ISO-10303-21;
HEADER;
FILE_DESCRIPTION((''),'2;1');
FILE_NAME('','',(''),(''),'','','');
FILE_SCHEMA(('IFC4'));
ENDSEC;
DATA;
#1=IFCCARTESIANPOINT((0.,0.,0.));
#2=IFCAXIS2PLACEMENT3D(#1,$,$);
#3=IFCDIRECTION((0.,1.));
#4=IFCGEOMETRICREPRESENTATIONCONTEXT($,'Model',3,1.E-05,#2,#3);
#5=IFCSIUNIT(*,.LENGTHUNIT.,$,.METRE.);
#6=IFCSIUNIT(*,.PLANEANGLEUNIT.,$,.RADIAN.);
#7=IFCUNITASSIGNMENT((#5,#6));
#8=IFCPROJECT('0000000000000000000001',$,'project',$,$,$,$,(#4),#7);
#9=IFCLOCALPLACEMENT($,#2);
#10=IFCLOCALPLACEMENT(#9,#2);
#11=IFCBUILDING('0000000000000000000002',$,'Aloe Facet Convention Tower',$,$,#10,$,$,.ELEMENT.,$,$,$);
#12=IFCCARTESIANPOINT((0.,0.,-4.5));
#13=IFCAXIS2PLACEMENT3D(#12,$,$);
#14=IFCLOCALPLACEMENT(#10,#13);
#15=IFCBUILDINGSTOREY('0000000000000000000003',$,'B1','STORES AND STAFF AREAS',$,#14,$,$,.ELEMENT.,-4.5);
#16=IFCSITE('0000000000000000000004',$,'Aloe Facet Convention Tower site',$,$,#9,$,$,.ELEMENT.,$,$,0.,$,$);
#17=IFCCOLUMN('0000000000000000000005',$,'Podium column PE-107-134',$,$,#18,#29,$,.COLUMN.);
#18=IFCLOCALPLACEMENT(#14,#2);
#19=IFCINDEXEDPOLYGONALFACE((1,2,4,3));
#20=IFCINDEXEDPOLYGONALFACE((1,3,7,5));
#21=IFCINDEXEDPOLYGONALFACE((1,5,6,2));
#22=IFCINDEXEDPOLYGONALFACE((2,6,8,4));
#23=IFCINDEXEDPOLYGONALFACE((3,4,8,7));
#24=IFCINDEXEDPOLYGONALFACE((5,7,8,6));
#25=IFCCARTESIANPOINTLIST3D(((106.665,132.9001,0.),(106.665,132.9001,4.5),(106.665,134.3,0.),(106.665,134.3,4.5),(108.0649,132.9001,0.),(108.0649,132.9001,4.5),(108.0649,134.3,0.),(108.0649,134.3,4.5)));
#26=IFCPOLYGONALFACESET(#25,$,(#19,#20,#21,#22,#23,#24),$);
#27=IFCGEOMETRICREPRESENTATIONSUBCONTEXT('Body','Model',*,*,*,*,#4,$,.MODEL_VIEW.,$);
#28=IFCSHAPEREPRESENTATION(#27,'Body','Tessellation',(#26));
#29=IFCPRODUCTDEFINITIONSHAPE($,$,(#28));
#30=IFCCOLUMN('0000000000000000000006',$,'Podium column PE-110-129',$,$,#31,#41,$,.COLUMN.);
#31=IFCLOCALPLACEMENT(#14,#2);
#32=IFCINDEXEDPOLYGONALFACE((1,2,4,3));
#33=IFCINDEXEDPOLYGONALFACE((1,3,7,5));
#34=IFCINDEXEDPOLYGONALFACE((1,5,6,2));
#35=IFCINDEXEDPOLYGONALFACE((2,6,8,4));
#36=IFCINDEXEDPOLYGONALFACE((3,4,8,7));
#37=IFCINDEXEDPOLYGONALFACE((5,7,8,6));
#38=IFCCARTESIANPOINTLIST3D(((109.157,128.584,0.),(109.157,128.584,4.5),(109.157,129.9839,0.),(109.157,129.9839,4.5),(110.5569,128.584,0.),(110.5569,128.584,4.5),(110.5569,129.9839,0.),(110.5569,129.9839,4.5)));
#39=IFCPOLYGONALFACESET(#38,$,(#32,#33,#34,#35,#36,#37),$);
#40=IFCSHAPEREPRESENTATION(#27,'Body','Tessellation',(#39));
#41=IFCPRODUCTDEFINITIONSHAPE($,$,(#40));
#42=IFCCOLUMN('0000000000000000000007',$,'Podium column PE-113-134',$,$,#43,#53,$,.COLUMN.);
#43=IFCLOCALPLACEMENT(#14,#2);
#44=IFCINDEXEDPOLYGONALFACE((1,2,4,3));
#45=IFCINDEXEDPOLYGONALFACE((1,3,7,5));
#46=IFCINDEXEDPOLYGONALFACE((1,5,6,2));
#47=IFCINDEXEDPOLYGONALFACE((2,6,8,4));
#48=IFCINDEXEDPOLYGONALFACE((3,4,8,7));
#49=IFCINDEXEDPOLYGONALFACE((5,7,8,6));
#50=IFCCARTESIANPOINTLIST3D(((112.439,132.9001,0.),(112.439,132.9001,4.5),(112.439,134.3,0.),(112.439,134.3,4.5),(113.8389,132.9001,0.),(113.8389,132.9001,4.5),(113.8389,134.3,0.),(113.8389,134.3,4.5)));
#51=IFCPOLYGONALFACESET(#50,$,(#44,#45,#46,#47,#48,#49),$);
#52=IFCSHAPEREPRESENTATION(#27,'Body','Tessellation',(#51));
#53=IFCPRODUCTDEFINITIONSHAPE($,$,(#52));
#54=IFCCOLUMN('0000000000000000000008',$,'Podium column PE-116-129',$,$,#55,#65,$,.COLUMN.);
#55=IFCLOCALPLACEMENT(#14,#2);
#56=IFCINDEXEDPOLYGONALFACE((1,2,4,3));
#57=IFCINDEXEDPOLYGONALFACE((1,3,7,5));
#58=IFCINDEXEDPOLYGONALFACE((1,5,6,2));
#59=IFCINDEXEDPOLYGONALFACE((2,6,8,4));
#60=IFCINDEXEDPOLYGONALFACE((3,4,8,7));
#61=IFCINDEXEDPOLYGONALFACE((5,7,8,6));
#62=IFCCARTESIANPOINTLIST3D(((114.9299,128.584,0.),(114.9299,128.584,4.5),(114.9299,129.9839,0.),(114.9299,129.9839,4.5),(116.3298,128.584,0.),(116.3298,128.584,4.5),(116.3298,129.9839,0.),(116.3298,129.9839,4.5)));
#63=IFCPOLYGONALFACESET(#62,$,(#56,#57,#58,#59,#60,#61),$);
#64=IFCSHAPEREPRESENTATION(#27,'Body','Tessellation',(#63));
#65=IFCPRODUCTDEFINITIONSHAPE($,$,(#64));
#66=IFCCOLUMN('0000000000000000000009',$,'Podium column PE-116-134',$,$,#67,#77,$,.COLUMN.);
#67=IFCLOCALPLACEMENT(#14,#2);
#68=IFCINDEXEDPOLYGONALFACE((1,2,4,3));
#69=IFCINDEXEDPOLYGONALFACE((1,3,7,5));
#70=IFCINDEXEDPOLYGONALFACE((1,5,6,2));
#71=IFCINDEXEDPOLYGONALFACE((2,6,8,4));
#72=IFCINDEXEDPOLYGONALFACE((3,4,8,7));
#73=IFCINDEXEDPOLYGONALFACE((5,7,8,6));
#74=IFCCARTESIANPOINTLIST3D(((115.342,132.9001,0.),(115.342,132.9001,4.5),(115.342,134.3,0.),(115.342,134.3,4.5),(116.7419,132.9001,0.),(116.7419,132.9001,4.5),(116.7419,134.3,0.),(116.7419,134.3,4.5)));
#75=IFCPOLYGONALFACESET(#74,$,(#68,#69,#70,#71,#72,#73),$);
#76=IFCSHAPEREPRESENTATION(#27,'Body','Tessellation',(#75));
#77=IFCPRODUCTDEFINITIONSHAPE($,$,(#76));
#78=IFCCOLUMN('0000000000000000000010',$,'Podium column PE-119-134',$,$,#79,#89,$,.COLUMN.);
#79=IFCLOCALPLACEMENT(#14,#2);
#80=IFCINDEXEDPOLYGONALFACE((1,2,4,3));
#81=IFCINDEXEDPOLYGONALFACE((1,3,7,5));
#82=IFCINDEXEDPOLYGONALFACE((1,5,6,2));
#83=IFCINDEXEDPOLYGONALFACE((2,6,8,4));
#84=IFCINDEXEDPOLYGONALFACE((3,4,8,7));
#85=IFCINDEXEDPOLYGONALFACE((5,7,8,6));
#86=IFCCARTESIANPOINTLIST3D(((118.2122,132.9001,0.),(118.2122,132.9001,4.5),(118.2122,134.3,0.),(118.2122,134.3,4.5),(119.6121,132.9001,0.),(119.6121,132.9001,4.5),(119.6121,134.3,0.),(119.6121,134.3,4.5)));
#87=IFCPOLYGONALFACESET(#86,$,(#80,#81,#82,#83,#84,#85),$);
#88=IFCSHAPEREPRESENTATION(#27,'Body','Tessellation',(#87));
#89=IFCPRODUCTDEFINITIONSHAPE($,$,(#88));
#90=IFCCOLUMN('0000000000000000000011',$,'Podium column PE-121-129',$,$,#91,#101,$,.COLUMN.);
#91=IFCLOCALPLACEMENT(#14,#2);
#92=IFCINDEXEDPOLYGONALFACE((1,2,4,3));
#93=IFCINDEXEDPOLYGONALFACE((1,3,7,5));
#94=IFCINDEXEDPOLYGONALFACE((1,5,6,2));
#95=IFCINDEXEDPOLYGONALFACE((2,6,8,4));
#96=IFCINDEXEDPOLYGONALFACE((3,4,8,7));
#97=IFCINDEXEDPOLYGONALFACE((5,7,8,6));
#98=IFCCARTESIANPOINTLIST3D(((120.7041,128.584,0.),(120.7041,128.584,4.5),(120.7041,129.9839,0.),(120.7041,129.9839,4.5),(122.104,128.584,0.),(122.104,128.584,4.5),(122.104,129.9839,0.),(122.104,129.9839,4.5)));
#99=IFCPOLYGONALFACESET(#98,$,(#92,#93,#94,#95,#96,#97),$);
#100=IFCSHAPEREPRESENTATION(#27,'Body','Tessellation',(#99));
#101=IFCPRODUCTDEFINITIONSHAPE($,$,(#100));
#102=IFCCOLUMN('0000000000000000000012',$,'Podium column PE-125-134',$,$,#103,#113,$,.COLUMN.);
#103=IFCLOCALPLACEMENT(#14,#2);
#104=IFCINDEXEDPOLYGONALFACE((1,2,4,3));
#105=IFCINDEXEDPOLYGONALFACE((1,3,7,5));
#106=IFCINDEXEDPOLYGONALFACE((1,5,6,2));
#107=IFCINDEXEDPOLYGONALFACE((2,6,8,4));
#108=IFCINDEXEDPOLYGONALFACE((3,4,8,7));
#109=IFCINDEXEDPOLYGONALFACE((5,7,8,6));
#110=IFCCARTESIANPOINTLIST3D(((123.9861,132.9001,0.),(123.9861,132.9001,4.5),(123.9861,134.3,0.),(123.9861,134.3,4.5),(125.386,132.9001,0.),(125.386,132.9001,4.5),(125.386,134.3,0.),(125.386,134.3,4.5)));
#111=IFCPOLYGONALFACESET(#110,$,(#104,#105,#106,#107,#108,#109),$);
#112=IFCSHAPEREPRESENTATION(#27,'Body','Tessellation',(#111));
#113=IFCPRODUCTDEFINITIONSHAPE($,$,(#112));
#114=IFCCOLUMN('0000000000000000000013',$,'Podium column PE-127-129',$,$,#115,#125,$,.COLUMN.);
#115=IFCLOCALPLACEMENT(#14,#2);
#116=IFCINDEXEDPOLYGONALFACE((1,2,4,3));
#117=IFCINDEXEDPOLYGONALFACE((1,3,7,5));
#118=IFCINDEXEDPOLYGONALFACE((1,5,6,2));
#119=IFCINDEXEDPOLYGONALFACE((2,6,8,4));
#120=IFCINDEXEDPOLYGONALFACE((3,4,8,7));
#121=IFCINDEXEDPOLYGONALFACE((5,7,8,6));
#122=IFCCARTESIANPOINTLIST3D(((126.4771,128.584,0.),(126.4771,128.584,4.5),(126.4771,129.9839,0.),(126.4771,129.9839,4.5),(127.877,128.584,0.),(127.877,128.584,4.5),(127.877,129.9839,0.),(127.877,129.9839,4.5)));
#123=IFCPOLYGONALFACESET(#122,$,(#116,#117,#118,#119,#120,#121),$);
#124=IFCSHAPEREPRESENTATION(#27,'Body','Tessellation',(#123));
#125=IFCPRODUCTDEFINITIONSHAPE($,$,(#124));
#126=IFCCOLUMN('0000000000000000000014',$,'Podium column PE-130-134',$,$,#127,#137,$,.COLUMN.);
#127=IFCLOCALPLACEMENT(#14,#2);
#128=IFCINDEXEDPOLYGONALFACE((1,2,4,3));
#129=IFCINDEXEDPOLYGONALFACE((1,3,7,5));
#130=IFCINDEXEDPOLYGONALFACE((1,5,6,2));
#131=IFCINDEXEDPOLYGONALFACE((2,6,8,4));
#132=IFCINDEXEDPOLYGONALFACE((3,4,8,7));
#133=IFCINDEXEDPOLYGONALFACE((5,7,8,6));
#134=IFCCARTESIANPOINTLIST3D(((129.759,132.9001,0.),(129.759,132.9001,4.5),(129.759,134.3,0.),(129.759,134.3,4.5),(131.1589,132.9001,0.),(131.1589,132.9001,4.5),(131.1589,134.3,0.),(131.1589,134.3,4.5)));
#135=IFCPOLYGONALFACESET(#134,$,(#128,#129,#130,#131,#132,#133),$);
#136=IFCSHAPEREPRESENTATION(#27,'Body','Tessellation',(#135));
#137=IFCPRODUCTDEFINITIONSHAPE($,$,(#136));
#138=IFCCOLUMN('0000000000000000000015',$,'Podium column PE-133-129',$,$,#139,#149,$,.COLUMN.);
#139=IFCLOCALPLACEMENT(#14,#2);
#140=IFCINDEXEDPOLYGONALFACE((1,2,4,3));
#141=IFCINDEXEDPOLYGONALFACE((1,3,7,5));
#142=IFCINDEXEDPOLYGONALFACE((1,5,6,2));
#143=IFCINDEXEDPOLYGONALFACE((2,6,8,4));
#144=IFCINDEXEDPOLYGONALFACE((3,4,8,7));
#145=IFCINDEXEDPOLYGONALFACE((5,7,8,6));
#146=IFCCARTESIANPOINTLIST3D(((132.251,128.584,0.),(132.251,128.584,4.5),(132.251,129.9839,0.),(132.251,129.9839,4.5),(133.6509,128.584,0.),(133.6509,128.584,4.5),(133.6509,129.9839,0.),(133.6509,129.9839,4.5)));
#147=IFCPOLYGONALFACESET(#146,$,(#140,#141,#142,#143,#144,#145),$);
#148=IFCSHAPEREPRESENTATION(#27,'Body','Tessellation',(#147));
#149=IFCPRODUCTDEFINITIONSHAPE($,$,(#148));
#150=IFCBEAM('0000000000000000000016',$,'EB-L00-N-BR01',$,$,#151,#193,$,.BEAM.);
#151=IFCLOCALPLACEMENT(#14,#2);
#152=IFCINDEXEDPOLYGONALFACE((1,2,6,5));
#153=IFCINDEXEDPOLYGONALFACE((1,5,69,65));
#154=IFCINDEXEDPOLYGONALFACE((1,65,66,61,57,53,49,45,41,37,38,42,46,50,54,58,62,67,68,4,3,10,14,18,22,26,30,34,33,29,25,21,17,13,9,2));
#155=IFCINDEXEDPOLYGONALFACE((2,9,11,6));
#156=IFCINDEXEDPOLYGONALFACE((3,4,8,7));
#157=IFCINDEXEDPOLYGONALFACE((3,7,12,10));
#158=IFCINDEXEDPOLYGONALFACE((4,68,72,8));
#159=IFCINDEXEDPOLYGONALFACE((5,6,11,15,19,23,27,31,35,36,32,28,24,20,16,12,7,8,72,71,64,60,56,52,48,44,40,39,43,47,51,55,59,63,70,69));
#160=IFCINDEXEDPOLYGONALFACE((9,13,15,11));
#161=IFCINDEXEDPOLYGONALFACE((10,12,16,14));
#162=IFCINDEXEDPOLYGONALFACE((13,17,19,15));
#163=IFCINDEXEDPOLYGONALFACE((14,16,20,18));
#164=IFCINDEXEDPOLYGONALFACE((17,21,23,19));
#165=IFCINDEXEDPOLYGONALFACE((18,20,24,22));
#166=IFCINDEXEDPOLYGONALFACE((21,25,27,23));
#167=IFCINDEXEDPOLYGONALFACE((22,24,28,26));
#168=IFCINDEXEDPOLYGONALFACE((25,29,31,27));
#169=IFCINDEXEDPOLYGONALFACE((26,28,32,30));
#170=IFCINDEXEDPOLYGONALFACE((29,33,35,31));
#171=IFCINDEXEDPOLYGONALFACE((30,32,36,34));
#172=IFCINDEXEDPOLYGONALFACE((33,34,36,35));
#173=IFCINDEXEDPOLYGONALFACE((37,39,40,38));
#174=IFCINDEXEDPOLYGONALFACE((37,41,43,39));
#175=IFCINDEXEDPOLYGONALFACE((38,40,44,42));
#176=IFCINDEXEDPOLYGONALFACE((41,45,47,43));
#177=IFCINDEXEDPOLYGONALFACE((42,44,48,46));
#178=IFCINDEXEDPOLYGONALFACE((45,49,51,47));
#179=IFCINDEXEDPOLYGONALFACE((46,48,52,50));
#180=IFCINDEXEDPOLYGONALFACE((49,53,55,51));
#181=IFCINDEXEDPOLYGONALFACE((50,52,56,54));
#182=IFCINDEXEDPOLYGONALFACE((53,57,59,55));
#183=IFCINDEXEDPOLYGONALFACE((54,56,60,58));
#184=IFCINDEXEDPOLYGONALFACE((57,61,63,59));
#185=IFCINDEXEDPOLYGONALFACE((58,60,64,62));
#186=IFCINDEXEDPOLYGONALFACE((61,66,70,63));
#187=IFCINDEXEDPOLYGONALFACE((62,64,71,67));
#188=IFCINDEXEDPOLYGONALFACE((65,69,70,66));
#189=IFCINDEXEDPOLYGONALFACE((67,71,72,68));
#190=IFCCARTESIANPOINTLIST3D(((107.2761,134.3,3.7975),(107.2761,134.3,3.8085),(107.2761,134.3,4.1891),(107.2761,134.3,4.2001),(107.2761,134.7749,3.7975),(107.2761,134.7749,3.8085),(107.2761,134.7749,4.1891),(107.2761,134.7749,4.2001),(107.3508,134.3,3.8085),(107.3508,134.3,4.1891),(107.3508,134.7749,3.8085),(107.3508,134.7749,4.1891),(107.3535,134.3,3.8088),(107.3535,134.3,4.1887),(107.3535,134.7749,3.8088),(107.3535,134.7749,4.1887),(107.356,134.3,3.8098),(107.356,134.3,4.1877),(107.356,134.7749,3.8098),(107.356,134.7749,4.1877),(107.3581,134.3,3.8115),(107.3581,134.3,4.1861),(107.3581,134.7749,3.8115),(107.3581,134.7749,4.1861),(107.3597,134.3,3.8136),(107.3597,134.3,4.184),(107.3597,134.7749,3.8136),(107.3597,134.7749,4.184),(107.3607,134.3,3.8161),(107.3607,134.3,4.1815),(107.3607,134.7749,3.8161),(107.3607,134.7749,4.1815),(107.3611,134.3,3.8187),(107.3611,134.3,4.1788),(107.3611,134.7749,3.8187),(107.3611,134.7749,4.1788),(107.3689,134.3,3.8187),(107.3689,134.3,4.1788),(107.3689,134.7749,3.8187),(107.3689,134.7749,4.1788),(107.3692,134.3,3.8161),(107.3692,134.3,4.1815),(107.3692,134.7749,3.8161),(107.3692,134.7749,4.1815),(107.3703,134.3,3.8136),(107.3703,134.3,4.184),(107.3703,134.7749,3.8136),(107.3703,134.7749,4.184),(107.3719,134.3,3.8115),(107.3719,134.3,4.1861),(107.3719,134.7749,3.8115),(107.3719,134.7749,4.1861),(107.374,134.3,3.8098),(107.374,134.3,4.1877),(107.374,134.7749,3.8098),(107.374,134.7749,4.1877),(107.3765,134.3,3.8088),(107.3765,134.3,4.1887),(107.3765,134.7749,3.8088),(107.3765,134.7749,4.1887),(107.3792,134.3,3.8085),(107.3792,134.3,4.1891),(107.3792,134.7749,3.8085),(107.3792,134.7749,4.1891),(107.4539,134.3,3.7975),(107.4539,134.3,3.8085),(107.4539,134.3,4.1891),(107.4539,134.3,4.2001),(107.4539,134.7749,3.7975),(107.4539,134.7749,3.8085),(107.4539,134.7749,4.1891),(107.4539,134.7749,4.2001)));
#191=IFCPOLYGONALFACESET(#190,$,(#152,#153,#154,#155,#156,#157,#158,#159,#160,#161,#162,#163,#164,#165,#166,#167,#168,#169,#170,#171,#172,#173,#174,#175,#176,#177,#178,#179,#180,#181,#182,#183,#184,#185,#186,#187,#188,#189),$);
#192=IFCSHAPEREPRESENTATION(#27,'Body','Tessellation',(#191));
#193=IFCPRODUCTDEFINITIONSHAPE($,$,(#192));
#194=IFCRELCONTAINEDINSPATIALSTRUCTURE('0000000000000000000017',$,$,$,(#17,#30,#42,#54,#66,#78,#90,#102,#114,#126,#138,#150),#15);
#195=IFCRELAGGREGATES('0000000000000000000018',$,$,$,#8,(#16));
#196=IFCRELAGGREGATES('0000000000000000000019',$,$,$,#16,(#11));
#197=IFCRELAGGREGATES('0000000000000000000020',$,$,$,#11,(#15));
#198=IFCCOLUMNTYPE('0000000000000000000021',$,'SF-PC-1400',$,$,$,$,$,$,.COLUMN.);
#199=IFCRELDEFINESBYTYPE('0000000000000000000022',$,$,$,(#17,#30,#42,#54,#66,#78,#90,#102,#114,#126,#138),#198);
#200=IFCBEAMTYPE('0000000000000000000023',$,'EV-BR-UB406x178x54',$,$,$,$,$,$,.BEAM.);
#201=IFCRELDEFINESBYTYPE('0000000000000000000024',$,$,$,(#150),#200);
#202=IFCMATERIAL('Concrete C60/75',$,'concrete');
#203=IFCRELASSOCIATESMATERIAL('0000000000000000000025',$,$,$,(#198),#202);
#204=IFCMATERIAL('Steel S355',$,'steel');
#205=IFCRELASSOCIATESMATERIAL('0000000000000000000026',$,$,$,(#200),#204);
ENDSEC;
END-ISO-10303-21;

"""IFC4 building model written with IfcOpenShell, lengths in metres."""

from ifc_helpers import new_model, si_unit, direction, frame, origin, origin_2d, place, context, subcontext, project, spatial, rectangle, i_section, extrude, material, material_profile, profile_set, type_object, element, save


model = new_model("IFC4")

# Units and contexts
model_context = context("Model", 3, precision=1e-05, world=origin(), true_north=direction((0.0, 1.0)))
body_context = subcontext(model_context, "Body", "Model", "MODEL_VIEW")
ifc_project = project(units=[si_unit("LENGTHUNIT", "METRE"), si_unit("PLANEANGLEUNIT", "RADIAN")], contexts=[model_context])

# Site, building, storey
site_placement = place(None, origin())
site = spatial("IfcSite", under=ifc_project, at=site_placement, Name="Aloe Facet Convention Tower site", CompositionType="ELEMENT", RefElevation=0.0)
building_placement = place(site_placement, origin())
building = spatial("IfcBuilding", under=site, at=building_placement, Name="Aloe Facet Convention Tower", CompositionType="ELEMENT")
storey_placement = place(building_placement, frame((0.0, 0.0, -4.5)))
storey = spatial("IfcBuildingStorey", under=building, at=storey_placement, Name="B1", Description="STORES AND STAFF AREAS", CompositionType="ELEMENT", Elevation=-4.5)

# Columns
ifc_material_1 = material(Name="Concrete C60/75", Category="concrete")
ifc_material_profile_1 = material_profile(ifc_material_1, rectangle(XDim=1.3999, YDim=1.3999, at=origin_2d()), Name="SF-PC-1400")
ifc_profile_set_1 = profile_set([ifc_material_profile_1], Name="Concrete C60/75")
column_type = type_object("IfcColumnType", Name="SF-PC-1400", PredefinedType="COLUMN", material=ifc_profile_set_1)
for number, where, z_axis, x_axis, name in (
    (1, (107.365, 133.6001, 0.0), (0.0, 0.0, 1.0), (1.0, 0.0, 0.0), "Podium column PE-107-134"),
    (2, (109.8569, 129.2839, 0.0), (0.0, 0.0, 1.0), (1.0, 0.0, 0.0), "Podium column PE-110-129"),
    (3, (113.1389, 133.6001, 0.0), (0.0, 0.0, 1.0), (1.0, 0.0, 0.0), "Podium column PE-113-134"),
    (4, (115.6299, 129.2839, 0.0), (0.0, 0.0, 1.0), (1.0, 0.0, 0.0), "Podium column PE-116-129"),
    (5, (116.042, 133.6001, 0.0), (0.0, 0.0, 1.0), (1.0, 0.0, 0.0), "Podium column PE-116-134"),
    (6, (118.9121, 133.6001, 0.0), (0.0, 0.0, 1.0), (1.0, 0.0, 0.0), "Podium column PE-119-134"),
    (7, (121.4041, 129.2839, 0.0), (0.0, 0.0, 1.0), (1.0, 0.0, 0.0), "Podium column PE-121-129"),
    (8, (124.686, 133.6001, 0.0), (0.0, 0.0, 1.0), (1.0, 0.0, 0.0), "Podium column PE-125-134"),
    (9, (127.177, 129.2839, 0.0), (0.0, 0.0, 1.0), (1.0, 0.0, 0.0), "Podium column PE-127-129"),
    (10, (130.459, 133.6001, 0.0), (0.0, 0.0, 1.0), (1.0, 0.0, 0.0), "Podium column PE-130-134"),
    (11, (132.9509, 129.2839, 0.0), (0.0, 0.0, 1.0), (1.0, 0.0, 0.0), "Podium column PE-133-129"),
):
    element("IfcColumn", number, at=place(storey_placement, frame(where, z_axis=z_axis, x_axis=x_axis)), inside=storey, type_object=column_type, Name=name, PredefinedType="COLUMN", context=body_context, shape_type="SweptSolid", body=[
        extrude(rectangle(XDim=1.3999, YDim=1.3999, at=origin_2d()), origin(), (0.0, 0.0, 1.0), 4.5),
    ])

# Beam
ifc_material_2 = material(Name="Steel S355", Category="steel")
ifc_material_profile_2 = material_profile(ifc_material_2, i_section(OverallWidth=0.1777, OverallDepth=0.4026, WebThickness=0.0078, FlangeThickness=0.011, FilletRadius=0.0103, at=origin_2d()), Name="UB 406x178x54")
ifc_profile_set_2 = profile_set([ifc_material_profile_2], Name="Steel S355")
beam_type_1 = type_object("IfcBeamType", Name="EV-BR-UB406x178x54", PredefinedType="BEAM", material=ifc_profile_set_2)
for number, where, z_axis, x_axis, name in (
    (12, (107.365, 134.3, 3.9988), (0.0, 1.0, 0.0), (-1.0, 0.0, 0.0), "EB-L00-N-BR01"),
):
    element("IfcBeam", number, at=place(storey_placement, frame(where, z_axis=z_axis, x_axis=x_axis)), inside=storey, type_object=beam_type_1, Name=name, PredefinedType="BEAM", context=body_context, shape_type="SweptSolid", body=[
        extrude(i_section(OverallWidth=0.1777, OverallDepth=0.4026, WebThickness=0.0078, FlangeThickness=0.011, FilletRadius=0.0103, at=origin_2d()), origin(), (0.0, 0.0, 1.0), 0.4749),
    ])

save(model, "model.ifc")
